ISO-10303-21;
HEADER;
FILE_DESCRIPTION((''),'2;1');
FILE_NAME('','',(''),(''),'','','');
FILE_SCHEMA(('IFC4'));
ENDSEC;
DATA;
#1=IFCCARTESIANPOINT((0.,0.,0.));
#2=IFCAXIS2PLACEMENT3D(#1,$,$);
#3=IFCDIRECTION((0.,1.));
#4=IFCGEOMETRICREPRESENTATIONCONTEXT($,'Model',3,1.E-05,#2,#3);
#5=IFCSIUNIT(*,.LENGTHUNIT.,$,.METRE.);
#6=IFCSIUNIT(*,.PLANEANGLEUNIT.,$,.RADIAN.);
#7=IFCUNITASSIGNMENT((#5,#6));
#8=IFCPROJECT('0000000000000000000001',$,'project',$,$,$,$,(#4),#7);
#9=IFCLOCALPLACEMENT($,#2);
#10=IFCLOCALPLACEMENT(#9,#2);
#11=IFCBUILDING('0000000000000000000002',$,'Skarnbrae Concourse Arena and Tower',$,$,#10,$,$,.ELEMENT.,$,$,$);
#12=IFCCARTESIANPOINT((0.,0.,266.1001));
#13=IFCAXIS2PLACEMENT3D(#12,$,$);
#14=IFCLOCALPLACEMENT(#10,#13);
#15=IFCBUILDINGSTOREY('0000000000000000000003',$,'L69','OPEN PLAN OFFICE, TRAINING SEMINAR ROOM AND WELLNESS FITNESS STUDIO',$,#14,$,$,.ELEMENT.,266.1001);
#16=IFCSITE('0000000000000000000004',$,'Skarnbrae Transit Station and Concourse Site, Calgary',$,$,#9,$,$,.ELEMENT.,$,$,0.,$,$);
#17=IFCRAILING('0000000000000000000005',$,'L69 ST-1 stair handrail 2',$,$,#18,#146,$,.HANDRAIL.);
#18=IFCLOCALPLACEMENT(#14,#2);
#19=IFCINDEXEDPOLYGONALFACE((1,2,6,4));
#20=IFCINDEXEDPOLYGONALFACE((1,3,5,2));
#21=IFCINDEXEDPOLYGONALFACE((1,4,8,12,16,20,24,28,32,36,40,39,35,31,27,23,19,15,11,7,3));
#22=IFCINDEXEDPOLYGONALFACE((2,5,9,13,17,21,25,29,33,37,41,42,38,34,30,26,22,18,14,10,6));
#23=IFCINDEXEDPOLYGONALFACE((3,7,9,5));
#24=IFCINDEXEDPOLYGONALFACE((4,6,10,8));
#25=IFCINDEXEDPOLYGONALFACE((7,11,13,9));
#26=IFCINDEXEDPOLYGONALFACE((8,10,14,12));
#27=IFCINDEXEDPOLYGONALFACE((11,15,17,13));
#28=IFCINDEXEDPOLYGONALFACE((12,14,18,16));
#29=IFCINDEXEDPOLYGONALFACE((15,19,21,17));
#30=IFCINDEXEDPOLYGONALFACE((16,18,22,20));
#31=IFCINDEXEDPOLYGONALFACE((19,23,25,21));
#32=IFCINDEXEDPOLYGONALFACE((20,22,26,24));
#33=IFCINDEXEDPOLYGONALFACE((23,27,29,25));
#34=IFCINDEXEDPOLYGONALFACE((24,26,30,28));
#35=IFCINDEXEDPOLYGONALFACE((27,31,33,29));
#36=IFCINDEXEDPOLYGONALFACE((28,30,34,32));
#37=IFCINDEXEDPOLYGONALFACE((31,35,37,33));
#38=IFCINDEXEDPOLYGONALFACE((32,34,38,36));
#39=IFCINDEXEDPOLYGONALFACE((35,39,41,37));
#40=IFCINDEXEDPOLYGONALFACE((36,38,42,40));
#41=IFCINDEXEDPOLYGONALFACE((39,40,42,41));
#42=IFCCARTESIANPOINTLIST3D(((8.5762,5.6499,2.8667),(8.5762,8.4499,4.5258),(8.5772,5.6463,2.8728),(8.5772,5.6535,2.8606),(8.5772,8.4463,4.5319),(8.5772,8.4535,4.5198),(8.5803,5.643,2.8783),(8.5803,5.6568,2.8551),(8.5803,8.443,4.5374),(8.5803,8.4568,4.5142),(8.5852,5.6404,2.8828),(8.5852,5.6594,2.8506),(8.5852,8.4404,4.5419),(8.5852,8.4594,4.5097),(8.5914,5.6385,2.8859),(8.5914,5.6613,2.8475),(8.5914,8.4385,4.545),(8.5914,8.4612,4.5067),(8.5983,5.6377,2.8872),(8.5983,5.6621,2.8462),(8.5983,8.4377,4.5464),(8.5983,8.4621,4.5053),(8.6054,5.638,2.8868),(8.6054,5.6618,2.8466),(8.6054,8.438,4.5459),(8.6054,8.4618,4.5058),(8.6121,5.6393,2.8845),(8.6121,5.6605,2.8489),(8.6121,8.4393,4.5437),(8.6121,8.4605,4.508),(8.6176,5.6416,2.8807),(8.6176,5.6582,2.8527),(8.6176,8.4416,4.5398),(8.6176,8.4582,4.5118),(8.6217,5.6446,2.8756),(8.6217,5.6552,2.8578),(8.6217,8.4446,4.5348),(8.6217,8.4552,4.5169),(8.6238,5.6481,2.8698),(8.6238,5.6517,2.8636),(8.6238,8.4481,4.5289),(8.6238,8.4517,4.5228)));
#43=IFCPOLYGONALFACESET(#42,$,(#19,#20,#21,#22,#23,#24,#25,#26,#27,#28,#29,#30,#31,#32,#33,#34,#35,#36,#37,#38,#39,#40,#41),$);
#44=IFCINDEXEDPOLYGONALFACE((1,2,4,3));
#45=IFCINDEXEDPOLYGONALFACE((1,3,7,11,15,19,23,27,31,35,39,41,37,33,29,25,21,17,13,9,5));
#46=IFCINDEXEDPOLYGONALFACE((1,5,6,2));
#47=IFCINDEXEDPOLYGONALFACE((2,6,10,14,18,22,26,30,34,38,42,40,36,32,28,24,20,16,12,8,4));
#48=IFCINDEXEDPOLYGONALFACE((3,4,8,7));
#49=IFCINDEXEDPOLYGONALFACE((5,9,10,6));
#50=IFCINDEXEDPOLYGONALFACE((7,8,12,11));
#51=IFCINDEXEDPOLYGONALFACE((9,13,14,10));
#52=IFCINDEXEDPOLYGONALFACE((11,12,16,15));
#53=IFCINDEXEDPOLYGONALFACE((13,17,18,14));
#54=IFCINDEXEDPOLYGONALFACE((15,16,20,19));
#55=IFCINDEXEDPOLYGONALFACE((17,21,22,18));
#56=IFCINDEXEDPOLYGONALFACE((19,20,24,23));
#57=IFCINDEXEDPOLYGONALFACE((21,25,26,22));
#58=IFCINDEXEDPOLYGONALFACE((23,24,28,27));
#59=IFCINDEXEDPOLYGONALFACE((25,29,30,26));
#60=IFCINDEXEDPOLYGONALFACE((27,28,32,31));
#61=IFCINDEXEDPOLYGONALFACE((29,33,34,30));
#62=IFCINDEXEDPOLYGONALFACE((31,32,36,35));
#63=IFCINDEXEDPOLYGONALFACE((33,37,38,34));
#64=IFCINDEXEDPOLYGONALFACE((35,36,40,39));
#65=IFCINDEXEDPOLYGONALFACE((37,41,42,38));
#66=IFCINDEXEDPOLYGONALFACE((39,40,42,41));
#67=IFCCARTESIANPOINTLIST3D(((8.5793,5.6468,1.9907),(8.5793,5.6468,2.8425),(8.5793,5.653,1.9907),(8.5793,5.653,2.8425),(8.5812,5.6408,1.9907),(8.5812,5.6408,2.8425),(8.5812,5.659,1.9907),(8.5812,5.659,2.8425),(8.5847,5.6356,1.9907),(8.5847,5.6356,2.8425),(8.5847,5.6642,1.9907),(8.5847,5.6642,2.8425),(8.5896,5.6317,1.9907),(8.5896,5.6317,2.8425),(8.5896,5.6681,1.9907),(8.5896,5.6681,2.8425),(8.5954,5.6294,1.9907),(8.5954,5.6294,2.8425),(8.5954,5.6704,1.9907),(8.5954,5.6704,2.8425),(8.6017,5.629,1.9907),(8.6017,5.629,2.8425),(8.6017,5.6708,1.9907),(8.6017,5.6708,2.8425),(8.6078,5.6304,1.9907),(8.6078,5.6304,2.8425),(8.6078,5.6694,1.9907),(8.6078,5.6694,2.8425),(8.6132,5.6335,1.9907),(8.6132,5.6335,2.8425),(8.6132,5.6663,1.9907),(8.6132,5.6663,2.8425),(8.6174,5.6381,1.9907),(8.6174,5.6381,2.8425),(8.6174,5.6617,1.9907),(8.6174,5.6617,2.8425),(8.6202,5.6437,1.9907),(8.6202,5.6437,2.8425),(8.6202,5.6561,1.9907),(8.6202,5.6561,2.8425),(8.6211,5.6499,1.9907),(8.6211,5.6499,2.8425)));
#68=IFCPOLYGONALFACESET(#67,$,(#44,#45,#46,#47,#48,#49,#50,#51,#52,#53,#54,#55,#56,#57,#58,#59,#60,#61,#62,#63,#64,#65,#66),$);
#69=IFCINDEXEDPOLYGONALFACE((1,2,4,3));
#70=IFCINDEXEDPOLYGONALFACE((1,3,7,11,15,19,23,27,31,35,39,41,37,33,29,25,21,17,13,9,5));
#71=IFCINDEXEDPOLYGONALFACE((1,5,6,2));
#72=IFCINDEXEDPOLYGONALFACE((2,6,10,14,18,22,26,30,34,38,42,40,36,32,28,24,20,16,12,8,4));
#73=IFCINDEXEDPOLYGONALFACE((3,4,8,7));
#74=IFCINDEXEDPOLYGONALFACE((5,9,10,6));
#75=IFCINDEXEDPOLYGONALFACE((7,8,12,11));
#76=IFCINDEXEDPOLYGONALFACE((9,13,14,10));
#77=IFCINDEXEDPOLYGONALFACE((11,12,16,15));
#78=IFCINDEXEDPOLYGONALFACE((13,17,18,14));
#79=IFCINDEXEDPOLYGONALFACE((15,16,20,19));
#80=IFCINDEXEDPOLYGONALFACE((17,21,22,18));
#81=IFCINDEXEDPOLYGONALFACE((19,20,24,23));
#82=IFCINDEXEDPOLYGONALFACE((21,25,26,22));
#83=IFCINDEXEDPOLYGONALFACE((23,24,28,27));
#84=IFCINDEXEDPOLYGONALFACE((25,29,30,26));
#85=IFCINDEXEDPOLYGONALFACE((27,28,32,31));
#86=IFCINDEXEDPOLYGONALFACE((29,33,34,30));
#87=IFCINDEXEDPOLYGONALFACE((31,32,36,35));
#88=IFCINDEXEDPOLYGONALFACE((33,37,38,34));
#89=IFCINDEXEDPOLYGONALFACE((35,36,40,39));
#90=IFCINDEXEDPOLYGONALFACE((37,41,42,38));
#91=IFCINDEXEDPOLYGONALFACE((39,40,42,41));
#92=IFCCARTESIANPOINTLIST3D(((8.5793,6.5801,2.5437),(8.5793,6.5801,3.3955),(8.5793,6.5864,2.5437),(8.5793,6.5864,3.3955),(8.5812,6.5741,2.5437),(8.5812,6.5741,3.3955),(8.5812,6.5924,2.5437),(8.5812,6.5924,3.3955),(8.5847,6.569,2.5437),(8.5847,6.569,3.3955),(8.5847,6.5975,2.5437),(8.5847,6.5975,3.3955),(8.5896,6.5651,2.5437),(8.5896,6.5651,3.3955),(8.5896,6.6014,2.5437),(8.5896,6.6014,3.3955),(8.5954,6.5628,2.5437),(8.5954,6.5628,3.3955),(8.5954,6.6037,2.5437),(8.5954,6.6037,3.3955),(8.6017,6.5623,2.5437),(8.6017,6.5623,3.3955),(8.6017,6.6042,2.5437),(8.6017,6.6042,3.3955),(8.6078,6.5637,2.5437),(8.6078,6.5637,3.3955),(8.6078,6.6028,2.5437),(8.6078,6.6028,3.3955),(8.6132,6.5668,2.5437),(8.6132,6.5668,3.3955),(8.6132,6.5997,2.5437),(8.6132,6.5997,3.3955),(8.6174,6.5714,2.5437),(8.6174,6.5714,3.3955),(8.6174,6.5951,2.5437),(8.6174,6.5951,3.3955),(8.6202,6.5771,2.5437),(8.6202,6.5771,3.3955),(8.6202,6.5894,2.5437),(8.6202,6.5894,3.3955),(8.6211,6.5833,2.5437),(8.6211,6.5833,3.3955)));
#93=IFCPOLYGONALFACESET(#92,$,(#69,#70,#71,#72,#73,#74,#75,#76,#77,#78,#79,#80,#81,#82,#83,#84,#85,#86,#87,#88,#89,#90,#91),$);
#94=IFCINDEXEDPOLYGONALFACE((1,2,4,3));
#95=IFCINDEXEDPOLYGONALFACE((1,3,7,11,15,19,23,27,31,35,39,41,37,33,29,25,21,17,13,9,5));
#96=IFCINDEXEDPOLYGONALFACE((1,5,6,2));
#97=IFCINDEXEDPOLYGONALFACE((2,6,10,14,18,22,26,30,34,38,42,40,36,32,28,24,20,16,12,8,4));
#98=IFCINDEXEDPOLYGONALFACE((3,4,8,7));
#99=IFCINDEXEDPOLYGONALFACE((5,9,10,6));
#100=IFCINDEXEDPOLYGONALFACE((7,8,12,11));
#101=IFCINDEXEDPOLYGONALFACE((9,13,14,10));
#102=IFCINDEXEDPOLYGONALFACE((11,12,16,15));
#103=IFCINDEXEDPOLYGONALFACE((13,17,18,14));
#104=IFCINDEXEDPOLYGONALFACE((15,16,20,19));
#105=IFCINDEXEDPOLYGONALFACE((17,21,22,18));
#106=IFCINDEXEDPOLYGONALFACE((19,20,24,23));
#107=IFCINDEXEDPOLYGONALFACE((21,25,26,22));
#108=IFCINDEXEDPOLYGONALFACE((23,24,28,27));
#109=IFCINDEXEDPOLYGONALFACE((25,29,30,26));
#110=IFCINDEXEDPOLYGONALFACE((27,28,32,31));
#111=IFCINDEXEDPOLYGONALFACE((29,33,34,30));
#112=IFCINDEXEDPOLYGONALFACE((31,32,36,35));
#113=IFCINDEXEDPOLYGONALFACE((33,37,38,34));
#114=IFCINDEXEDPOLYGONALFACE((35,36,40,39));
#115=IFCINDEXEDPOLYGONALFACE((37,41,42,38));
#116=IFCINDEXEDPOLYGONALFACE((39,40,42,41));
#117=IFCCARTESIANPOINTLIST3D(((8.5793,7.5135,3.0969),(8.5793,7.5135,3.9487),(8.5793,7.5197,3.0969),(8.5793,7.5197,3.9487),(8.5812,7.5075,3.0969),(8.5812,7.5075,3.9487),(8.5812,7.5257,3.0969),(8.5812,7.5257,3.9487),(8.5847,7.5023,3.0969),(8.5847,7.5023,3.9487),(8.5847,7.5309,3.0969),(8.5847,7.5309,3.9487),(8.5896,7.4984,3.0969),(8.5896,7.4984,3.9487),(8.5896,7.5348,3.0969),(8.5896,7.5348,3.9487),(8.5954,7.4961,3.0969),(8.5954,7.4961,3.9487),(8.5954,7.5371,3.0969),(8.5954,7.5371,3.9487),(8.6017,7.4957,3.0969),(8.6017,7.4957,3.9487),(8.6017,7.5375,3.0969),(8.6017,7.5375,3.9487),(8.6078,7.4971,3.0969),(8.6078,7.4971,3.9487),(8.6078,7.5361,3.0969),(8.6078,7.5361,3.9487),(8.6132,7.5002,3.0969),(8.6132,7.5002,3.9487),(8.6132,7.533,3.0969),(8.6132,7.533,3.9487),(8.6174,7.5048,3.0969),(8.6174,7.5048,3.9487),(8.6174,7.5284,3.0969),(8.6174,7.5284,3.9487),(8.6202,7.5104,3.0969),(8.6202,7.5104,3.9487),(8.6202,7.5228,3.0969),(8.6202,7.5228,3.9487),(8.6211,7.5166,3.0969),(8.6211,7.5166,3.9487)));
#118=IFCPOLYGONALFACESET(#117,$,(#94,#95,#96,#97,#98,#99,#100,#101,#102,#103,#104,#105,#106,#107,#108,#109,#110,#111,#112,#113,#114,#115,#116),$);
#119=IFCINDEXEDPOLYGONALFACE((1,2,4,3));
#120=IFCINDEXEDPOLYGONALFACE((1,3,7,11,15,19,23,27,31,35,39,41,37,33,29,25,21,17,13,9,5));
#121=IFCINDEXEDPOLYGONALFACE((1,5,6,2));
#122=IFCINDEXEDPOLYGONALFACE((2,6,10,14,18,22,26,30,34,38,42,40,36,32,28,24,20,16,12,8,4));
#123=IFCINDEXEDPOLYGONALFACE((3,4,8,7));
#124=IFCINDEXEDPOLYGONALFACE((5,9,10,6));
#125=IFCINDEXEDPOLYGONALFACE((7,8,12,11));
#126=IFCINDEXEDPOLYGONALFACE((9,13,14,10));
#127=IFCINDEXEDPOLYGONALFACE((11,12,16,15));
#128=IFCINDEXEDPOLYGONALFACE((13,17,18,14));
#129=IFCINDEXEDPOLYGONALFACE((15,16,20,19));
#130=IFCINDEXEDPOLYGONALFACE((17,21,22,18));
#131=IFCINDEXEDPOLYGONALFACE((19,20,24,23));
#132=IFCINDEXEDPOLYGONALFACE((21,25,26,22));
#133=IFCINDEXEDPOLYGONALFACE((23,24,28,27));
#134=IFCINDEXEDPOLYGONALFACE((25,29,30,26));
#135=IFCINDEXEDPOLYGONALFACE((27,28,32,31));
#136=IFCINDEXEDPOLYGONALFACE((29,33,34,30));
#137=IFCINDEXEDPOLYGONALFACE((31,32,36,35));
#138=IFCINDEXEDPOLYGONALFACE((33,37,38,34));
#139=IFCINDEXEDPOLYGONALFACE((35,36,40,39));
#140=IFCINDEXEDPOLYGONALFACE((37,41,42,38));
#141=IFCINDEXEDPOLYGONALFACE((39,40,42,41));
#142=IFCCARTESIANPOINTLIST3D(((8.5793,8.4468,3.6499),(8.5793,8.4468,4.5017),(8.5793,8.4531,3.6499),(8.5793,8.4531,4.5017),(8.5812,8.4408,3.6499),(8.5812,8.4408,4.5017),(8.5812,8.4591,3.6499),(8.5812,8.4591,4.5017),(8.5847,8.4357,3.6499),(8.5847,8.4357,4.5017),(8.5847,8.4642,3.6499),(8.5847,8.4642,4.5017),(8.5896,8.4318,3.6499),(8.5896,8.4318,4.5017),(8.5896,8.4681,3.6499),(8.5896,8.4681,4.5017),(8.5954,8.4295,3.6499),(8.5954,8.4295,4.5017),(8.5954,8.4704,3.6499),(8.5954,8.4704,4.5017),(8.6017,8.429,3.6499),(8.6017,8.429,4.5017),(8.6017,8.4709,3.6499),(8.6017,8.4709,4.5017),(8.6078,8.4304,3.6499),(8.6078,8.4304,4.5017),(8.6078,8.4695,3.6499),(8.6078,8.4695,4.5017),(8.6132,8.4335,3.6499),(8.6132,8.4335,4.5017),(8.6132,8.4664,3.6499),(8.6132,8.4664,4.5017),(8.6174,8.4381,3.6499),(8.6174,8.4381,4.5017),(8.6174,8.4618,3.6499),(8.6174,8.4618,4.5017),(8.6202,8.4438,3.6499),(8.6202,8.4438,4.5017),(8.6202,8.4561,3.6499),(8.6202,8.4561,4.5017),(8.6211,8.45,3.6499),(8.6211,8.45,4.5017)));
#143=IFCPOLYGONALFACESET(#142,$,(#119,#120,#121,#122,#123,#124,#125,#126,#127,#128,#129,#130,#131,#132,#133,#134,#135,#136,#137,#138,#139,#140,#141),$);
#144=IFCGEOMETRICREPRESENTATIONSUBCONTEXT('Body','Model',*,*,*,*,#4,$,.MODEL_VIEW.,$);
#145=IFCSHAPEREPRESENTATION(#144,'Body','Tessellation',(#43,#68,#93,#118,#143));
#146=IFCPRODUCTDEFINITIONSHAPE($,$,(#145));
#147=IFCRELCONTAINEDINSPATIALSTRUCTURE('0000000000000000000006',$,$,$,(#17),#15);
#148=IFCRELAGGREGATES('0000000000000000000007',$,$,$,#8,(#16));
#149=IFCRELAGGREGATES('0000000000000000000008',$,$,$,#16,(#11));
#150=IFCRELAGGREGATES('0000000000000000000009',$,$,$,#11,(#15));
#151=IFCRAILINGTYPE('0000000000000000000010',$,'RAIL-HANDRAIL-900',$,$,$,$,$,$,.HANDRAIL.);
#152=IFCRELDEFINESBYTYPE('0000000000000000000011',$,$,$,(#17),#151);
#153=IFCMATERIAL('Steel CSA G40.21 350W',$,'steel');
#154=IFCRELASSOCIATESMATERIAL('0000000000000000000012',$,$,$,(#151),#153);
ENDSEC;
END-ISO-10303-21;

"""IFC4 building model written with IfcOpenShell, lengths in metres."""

from ifc_helpers import new_model, si_unit, direction, frame, origin, origin_2d, place, context, subcontext, project, spatial, circle, extrude, material, type_object, element, save


model = new_model("IFC4")

# Units and contexts
model_context = context("Model", 3, precision=1e-05, world=origin(), true_north=direction((0.0, 1.0)))
body_context = subcontext(model_context, "Body", "Model", "MODEL_VIEW")
ifc_project = project(units=[si_unit("LENGTHUNIT", "METRE"), si_unit("PLANEANGLEUNIT", "RADIAN")], contexts=[model_context])

# Site, building, storey
site_placement = place(None, origin())
site = spatial("IfcSite", under=ifc_project, at=site_placement, Name="Skarnbrae Transit Station and Concourse Site, Calgary", CompositionType="ELEMENT", RefElevation=0.0)
building_placement = place(site_placement, origin())
building = spatial("IfcBuilding", under=site, at=building_placement, Name="Skarnbrae Concourse Arena and Tower", CompositionType="ELEMENT")
storey_placement = place(building_placement, frame((0.0, 0.0, 266.1001)))
storey = spatial("IfcBuildingStorey", under=building, at=storey_placement, Name="L69", Description="OPEN PLAN OFFICE, TRAINING SEMINAR ROOM AND WELLNESS FITNESS STUDIO", CompositionType="ELEMENT", Elevation=266.1001)

# Shared definitions
ifc_material_1 = material(Name="Steel CSA G40.21 350W", Category="steel")

# Railing
railing_type_1 = type_object("IfcRailingType", Name="RAIL-HANDRAIL-900", PredefinedType="HANDRAIL", material=ifc_material_1)
railing_1_placement = place(storey_placement, frame((8.6001, 5.6499, 1.9907)))
element("IfcRailing", 1, at=railing_1_placement, inside=storey, type_object=railing_type_1, Name="L69 ST-1 stair handrail 2", PredefinedType="HANDRAIL", context=body_context, shape_type="SweptSolid", body=[
    extrude(circle(Radius=0.0239, at=origin_2d()), frame((0.0, 0.0, 0.876), z_axis=(0.0, 0.860306, 0.509778), x_axis=(-1.0, 0.0, 0.0)), (0.0, 0.0, 1.0), 3.2546),
    extrude(circle(Radius=0.021, at=origin_2d()), origin(), (0.0, 0.0, 1.0), 0.8518),
    extrude(circle(Radius=0.021, at=origin_2d()), frame((0.0, 0.9333, 0.553)), (0.0, 0.0, 1.0), 0.8518),
    extrude(circle(Radius=0.021, at=origin_2d()), frame((0.0, 1.8667, 1.1062)), (0.0, 0.0, 1.0), 0.8518),
    extrude(circle(Radius=0.021, at=origin_2d()), frame((0.0, 2.8, 1.6592)), (0.0, 0.0, 1.0), 0.8518),
])

save(model, "model.ifc")
